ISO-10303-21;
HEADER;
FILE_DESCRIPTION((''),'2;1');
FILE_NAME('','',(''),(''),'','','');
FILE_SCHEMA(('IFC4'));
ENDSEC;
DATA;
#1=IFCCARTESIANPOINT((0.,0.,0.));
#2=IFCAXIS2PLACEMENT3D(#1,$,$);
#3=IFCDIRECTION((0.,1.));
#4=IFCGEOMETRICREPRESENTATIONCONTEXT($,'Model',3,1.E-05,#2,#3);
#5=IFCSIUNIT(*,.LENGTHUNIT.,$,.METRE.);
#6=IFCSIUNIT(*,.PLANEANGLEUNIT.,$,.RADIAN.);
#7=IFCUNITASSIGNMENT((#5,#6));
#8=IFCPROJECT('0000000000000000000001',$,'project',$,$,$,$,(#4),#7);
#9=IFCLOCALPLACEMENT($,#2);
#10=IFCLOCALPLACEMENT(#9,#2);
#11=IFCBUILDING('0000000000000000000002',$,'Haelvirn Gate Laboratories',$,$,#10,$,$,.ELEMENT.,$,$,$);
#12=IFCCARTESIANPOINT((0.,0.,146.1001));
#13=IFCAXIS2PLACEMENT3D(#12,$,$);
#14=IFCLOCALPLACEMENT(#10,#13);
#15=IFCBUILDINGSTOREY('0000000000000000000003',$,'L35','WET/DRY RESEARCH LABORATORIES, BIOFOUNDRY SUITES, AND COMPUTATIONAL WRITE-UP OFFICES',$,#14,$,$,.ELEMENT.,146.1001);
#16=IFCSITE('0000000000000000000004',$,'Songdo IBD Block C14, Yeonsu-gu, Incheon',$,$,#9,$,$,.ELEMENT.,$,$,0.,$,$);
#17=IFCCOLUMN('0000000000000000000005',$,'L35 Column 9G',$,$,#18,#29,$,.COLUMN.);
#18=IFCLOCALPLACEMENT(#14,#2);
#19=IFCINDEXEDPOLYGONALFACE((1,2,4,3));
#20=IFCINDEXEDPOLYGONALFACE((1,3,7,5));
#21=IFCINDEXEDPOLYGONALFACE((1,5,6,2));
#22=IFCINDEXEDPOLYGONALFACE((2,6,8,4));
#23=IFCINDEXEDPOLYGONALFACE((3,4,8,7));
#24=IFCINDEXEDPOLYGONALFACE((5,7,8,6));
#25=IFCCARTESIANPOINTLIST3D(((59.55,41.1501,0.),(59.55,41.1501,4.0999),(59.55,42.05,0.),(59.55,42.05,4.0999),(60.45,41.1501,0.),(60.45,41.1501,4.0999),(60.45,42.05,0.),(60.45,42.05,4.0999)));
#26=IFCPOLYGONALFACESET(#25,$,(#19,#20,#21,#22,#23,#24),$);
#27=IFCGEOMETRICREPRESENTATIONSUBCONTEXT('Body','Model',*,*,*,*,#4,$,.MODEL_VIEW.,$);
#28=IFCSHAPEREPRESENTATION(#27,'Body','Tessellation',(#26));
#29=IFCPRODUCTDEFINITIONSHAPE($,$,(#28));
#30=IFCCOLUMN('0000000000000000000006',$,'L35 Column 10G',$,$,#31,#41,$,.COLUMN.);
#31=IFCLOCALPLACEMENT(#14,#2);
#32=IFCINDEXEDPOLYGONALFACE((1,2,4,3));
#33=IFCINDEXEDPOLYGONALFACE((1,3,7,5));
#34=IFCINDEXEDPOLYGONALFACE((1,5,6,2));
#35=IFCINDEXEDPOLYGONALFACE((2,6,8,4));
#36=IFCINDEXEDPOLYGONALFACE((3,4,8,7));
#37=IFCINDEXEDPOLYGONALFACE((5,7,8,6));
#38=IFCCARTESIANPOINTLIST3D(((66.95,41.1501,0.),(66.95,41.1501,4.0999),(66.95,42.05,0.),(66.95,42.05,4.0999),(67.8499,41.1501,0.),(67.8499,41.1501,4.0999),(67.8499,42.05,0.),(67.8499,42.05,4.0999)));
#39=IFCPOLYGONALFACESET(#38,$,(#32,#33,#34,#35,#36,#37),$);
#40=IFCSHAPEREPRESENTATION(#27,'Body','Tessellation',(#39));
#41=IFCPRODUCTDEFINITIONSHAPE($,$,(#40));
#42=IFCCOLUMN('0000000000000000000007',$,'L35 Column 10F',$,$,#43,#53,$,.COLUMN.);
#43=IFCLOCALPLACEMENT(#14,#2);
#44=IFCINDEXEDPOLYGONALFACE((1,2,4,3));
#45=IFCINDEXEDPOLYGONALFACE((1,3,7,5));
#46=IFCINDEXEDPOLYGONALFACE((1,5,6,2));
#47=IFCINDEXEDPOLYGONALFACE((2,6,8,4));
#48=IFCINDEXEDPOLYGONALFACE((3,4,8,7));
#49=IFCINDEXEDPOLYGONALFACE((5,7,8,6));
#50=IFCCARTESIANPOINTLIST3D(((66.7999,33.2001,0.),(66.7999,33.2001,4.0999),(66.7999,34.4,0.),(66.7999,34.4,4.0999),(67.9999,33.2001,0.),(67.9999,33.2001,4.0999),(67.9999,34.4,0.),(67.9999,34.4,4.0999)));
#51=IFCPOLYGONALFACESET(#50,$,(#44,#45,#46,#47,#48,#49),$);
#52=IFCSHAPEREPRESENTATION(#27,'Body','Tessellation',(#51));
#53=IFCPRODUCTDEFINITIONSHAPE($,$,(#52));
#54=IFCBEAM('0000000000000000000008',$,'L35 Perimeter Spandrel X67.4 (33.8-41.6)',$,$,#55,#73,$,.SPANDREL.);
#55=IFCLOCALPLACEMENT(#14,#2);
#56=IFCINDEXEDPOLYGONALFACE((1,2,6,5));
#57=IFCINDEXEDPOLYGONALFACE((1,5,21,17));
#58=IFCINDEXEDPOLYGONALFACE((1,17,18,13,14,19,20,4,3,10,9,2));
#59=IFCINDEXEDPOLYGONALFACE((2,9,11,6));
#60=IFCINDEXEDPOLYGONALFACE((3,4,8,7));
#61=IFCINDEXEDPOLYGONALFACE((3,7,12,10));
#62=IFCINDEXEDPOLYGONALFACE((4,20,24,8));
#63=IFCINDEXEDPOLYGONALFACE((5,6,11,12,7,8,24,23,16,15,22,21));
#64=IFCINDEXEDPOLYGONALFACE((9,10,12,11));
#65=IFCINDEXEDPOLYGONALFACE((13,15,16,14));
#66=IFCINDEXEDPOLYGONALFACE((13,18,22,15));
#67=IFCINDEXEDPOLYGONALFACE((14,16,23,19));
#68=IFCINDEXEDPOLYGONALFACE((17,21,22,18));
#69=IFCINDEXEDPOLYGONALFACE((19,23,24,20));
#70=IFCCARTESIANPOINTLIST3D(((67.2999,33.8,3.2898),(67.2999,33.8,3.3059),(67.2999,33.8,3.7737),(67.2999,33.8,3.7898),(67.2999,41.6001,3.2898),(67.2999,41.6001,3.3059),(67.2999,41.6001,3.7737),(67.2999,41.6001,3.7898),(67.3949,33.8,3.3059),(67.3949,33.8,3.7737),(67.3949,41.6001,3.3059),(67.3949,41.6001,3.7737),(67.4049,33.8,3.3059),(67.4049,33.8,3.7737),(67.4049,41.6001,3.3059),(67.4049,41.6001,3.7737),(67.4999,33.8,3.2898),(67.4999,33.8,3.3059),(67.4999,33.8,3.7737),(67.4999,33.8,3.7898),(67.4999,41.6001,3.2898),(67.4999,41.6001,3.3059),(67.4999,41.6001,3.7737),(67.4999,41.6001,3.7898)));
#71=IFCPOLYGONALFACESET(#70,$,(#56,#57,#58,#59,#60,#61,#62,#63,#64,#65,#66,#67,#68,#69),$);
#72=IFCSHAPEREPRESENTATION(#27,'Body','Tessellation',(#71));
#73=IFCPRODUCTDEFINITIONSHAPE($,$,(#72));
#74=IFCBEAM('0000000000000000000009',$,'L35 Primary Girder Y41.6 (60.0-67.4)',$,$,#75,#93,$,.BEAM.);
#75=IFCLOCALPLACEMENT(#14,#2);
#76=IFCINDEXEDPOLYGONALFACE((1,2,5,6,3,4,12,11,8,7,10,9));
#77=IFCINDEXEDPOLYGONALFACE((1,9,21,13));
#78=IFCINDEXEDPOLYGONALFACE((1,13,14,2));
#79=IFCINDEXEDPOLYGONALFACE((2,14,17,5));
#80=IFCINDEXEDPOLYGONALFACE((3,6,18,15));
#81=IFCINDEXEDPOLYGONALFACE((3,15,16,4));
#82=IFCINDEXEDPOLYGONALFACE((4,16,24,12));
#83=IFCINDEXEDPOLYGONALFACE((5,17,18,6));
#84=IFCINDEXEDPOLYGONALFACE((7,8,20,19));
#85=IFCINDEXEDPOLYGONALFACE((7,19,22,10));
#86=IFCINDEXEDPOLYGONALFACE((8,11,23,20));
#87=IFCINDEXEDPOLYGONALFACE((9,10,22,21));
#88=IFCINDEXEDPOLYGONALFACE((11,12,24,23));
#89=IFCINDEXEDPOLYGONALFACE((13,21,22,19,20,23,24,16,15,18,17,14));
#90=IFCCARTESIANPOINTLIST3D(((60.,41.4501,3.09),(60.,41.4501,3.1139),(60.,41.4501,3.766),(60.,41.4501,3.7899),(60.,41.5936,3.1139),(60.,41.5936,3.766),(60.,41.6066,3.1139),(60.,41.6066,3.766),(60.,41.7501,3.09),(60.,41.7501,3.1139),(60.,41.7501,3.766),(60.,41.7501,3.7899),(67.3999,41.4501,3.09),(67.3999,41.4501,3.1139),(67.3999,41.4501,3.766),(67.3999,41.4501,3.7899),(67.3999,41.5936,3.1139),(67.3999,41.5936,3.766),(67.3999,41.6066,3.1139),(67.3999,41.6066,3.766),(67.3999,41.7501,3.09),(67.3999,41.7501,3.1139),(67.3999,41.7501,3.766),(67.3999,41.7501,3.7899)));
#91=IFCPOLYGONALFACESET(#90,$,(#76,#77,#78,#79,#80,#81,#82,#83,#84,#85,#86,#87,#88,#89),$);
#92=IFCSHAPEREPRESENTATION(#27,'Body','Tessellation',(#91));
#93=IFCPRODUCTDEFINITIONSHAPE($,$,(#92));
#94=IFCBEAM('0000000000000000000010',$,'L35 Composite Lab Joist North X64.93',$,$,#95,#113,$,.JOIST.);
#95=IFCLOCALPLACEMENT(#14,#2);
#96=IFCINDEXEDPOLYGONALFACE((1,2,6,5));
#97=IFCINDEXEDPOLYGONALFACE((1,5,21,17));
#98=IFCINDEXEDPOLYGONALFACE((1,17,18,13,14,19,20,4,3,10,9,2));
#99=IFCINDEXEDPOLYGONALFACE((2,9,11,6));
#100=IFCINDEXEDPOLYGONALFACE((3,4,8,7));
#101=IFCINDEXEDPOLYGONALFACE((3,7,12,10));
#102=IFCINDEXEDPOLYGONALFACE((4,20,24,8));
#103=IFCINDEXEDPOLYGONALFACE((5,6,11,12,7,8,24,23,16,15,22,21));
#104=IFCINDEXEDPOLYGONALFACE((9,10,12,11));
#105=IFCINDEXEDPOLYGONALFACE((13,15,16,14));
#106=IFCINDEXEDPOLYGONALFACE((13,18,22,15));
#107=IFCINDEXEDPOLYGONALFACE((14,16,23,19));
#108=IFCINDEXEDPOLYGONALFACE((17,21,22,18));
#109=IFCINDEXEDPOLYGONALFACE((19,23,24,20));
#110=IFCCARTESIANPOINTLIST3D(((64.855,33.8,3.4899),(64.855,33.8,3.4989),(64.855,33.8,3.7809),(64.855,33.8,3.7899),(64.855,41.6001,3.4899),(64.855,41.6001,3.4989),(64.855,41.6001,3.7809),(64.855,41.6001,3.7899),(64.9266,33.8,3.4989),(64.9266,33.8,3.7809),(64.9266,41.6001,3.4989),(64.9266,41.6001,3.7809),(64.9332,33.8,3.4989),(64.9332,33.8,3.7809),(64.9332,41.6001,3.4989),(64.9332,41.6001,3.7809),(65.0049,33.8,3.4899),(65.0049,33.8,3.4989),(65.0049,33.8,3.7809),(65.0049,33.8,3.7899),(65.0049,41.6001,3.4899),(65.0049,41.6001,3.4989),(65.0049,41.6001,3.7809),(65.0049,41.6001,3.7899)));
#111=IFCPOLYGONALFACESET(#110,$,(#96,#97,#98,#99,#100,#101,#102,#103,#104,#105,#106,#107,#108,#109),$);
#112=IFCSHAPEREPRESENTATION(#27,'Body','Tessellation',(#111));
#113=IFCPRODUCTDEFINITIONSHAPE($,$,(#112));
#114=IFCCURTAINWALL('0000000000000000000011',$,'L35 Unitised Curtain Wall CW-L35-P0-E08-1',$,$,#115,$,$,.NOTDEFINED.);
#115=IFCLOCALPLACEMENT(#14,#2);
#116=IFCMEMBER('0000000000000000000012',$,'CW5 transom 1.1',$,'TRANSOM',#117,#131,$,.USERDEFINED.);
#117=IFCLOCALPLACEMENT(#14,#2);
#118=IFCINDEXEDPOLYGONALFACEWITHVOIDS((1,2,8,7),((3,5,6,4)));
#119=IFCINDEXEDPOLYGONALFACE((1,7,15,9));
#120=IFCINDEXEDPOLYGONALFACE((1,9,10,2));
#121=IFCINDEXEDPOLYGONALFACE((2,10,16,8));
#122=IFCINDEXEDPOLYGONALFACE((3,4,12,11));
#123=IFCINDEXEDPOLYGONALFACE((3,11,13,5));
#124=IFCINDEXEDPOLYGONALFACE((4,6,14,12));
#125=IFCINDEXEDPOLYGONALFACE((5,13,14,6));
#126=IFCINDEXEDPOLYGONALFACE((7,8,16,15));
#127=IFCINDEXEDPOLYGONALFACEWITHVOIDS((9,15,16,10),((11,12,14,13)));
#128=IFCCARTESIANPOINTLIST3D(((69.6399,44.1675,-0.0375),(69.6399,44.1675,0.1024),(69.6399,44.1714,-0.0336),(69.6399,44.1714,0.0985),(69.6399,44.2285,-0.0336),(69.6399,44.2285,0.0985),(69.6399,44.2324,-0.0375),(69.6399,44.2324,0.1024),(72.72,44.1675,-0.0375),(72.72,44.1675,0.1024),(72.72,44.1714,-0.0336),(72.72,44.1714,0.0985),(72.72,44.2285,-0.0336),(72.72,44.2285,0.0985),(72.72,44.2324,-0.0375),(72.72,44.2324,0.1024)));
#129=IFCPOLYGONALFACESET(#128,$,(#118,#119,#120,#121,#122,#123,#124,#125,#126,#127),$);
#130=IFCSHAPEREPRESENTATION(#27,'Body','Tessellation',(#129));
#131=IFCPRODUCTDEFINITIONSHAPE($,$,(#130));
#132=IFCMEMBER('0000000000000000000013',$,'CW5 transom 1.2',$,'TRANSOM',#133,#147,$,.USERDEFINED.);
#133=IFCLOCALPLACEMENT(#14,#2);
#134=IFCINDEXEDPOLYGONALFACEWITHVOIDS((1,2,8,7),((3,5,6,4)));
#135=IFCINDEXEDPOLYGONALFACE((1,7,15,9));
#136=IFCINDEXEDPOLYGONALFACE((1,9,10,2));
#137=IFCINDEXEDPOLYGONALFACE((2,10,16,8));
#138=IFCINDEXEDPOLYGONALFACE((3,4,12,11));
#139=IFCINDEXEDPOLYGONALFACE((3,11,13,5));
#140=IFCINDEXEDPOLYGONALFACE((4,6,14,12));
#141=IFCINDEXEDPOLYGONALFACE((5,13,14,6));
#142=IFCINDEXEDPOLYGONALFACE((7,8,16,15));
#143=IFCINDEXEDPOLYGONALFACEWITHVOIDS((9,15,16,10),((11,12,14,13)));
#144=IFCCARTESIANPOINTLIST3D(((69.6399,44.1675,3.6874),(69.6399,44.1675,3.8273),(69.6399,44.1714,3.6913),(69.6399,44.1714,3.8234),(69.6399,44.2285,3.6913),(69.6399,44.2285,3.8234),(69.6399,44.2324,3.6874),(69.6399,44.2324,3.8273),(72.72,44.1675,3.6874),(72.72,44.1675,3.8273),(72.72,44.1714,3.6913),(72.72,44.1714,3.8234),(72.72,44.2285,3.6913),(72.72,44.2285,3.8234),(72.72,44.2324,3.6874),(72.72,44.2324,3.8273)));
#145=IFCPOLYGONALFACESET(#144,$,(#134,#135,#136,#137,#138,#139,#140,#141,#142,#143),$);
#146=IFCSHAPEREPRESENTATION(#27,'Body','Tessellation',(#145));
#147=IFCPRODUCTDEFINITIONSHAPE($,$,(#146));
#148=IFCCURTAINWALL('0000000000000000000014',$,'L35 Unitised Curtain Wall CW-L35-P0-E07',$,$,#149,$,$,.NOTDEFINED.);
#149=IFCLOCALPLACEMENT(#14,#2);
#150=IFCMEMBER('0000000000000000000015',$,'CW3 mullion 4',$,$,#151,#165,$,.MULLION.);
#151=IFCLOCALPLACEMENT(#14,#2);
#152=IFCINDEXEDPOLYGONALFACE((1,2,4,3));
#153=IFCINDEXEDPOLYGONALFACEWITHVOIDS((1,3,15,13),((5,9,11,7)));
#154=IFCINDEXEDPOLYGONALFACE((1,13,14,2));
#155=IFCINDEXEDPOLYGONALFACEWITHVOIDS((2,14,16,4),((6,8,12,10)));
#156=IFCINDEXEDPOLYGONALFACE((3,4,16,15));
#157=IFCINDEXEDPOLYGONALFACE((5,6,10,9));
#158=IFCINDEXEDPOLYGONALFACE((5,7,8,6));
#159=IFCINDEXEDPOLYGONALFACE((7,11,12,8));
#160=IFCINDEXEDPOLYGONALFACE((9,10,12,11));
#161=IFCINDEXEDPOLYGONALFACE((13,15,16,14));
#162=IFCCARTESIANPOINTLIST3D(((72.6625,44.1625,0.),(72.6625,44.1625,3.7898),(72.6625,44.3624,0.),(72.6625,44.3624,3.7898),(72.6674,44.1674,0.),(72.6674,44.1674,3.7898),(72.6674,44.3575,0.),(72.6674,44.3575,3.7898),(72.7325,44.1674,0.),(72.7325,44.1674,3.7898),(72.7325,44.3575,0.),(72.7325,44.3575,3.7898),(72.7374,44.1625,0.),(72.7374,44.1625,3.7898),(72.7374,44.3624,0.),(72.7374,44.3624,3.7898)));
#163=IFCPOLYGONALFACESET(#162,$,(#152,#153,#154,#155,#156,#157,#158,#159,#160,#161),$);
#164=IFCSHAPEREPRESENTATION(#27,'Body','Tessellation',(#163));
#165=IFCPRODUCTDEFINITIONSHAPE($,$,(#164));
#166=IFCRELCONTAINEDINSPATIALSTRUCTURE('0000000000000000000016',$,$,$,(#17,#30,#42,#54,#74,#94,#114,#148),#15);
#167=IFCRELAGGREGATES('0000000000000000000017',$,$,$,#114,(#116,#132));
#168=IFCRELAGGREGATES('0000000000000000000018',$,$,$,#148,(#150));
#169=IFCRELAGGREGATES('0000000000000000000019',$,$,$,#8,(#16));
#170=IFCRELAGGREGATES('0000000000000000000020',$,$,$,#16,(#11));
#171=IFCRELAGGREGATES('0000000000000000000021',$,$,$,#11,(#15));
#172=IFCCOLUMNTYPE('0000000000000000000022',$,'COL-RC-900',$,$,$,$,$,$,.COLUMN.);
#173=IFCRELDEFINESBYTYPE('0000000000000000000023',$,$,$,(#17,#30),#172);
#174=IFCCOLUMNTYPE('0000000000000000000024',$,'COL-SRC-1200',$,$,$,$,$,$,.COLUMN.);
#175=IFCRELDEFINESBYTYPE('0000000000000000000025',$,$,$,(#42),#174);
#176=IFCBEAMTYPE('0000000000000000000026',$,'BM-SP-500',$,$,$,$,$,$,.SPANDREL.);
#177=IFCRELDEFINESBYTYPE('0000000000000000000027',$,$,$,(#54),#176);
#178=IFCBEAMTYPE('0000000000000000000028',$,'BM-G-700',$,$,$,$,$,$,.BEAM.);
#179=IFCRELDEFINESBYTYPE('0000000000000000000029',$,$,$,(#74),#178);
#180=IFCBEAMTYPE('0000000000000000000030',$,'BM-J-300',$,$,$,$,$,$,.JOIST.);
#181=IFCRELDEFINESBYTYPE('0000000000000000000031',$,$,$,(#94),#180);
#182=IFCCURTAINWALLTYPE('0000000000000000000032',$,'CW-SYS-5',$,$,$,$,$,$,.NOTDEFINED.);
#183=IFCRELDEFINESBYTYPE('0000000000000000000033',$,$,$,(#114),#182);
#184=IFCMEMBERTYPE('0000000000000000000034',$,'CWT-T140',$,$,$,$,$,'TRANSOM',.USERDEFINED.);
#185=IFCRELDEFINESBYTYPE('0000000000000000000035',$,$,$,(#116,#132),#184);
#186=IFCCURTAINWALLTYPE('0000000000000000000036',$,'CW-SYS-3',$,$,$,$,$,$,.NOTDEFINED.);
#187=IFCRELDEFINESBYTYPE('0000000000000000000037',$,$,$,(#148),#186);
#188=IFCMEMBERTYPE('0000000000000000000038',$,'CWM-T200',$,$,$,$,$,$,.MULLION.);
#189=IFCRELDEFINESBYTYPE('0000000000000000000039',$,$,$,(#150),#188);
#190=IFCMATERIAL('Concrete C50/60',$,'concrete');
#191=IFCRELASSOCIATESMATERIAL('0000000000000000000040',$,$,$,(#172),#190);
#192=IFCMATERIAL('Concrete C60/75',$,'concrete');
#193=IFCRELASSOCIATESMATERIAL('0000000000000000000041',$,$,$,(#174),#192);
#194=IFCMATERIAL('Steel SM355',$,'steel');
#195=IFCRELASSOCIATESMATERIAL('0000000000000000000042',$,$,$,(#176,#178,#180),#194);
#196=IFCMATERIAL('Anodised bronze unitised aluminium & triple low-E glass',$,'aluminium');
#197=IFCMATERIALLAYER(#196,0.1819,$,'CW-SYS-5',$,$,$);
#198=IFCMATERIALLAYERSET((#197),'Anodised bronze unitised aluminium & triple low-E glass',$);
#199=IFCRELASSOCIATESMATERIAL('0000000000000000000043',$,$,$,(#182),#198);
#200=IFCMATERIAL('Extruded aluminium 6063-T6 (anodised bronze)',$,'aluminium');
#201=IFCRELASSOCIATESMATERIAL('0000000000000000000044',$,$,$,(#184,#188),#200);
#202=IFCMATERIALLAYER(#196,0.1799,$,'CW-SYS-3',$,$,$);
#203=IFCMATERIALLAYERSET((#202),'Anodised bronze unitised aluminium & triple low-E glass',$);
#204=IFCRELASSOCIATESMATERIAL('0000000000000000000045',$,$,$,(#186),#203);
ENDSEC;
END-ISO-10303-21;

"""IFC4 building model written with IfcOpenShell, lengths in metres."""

from ifc_helpers import new_model, si_unit, direction, frame, origin, origin_2d, place, context, subcontext, project, spatial, rectangle, hollow_rectangle, i_section, extrude, source, transform, mapped, material, layer, layer_set, material_profile, profile_set, type_object, type_shapes, element, aggregate, save


model = new_model("IFC4")

# Units and contexts
model_context = context("Model", 3, precision=1e-05, world=origin(), true_north=direction((0.0, 1.0)))
body_context = subcontext(model_context, "Body", "Model", "MODEL_VIEW")
ifc_project = project(units=[si_unit("LENGTHUNIT", "METRE"), si_unit("PLANEANGLEUNIT", "RADIAN")], contexts=[model_context])

# Site, building, storey
site_placement = place(None, origin())
site = spatial("IfcSite", under=ifc_project, at=site_placement, Name="Songdo IBD Block C14, Yeonsu-gu, Incheon", CompositionType="ELEMENT", RefElevation=0.0)
building_placement = place(site_placement, origin())
building = spatial("IfcBuilding", under=site, at=building_placement, Name="Haelvirn Gate Laboratories", CompositionType="ELEMENT")
storey_placement = place(building_placement, frame((0.0, 0.0, 146.1001)))
storey = spatial("IfcBuildingStorey", under=building, at=storey_placement, Name="L35", Description="WET/DRY RESEARCH LABORATORIES, BIOFOUNDRY SUITES, AND COMPUTATIONAL WRITE-UP OFFICES", CompositionType="ELEMENT", Elevation=146.1001)

# Columns
ifc_material_1 = material(Name="Concrete C50/60", Category="concrete")
ifc_material_profile_1 = material_profile(ifc_material_1, rectangle(XDim=0.8999, YDim=0.8999, at=origin_2d()), Name="RC-900x900")
ifc_profile_set_1 = profile_set([ifc_material_profile_1], Name="Concrete C50/60")
column_type_1 = type_object("IfcColumnType", Name="COL-RC-900", PredefinedType="COLUMN", material=ifc_profile_set_1)
shared_shape_1 = source(origin(), body_context, "Body", "SweptSolid", [
    extrude(rectangle(XDim=0.8999, YDim=0.8999, at=origin_2d()), origin(), (0.0, 0.0, 1.0), 4.0999),
])
type_shapes(column_type_1, [shared_shape_1])
for number, where, z_axis, x_axis, name in (
    (1, (60.0, 41.6001, 0.0), (0.0, 0.0, 1.0), (1.0, 0.0, 0.0), "L35 Column 9G"),
    (2, (67.3999, 41.6001, 0.0), (0.0, 0.0, 1.0), (1.0, 0.0, 0.0), "L35 Column 10G"),
):
    element("IfcColumn", number, at=place(storey_placement, frame(where, z_axis=z_axis, x_axis=x_axis)), inside=storey, type_object=column_type_1, Name=name, PredefinedType="COLUMN", context=body_context, shape_type="MappedRepresentation", body=[
        mapped(shared_shape_1, transform((0.0, 0.0, 0.0), scale=1.0)),
    ])
ifc_material_2 = material(Name="Concrete C60/75", Category="concrete")
ifc_material_profile_2 = material_profile(ifc_material_2, rectangle(XDim=1.2, YDim=1.2, at=origin_2d()), Name="SRC-1200x1200")
ifc_profile_set_2 = profile_set([ifc_material_profile_2], Name="Concrete C60/75")
column_type_2 = type_object("IfcColumnType", Name="COL-SRC-1200", PredefinedType="COLUMN", material=ifc_profile_set_2)
shared_shape_2 = source(origin(), body_context, "Body", "SweptSolid", [
    extrude(rectangle(XDim=1.2, YDim=1.2, at=origin_2d()), origin(), (0.0, 0.0, 1.0), 4.0999),
])
type_shapes(column_type_2, [shared_shape_2])
column_placement = place(storey_placement, frame((67.3999, 33.8, 0.0), z_axis=(0.0, 0.0, 1.0), x_axis=(1.0, 0.0, 0.0)))
element("IfcColumn", 3, at=column_placement, inside=storey, type_object=column_type_2, Name="L35 Column 10F", PredefinedType="COLUMN", context=body_context, shape_type="MappedRepresentation", body=[
    mapped(shared_shape_2, transform((0.0, 0.0, 0.0), scale=1.0)),
])

# Beams
ifc_material_3 = material(Name="Steel SM355", Category="steel")
ifc_material_profile_3 = material_profile(ifc_material_3, i_section(OverallWidth=0.2, OverallDepth=0.5, WebThickness=0.01, FlangeThickness=0.0161, at=origin_2d()), Name="H-500x200x10x16")
ifc_profile_set_3 = profile_set([ifc_material_profile_3], Name="Steel SM355")
beam_type_1 = type_object("IfcBeamType", Name="BM-SP-500", PredefinedType="SPANDREL", material=ifc_profile_set_3)
shared_shape_3 = source(origin(), body_context, "Body", "SweptSolid", [
    extrude(i_section(OverallWidth=0.2, OverallDepth=0.5, WebThickness=0.01, FlangeThickness=0.0161, at=origin_2d()), origin(), (0.0, 0.0, 1.0), 7.8),
])
type_shapes(beam_type_1, [shared_shape_3])
beam_1_placement = place(storey_placement, frame((67.3999, 33.8, 3.5398), z_axis=(0.0, 1.0, 0.0), x_axis=(-1.0, 0.0, 0.0)))
element("IfcBeam", 4, at=beam_1_placement, inside=storey, type_object=beam_type_1, Name="L35 Perimeter Spandrel X67.4 (33.8-41.6)", PredefinedType="SPANDREL", context=body_context, shape_type="MappedRepresentation", body=[
    mapped(shared_shape_3, transform((0.0, 0.0, 0.0), scale=1.0)),
])
ifc_material_profile_4 = material_profile(ifc_material_3, i_section(OverallWidth=0.3, OverallDepth=0.7, WebThickness=0.0129, FlangeThickness=0.0239, at=origin_2d()), Name="H-700x300x13x24")
ifc_profile_set_4 = profile_set([ifc_material_profile_4], Name="Steel SM355")
beam_type_2 = type_object("IfcBeamType", Name="BM-G-700", PredefinedType="BEAM", material=ifc_profile_set_4)
shared_shape_4 = source(origin(), body_context, "Body", "SweptSolid", [
    extrude(i_section(OverallWidth=0.3, OverallDepth=0.7, WebThickness=0.0129, FlangeThickness=0.0239, at=origin_2d()), origin(), (0.0, 0.0, 1.0), 7.3999),
])
type_shapes(beam_type_2, [shared_shape_4])
beam_2_placement = place(storey_placement, frame((60.0, 41.6001, 3.4399), z_axis=(1.0, 0.0, 0.0), x_axis=(0.0, 1.0, 0.0)))
element("IfcBeam", 5, at=beam_2_placement, inside=storey, type_object=beam_type_2, Name="L35 Primary Girder Y41.6 (60.0-67.4)", PredefinedType="BEAM", context=body_context, shape_type="MappedRepresentation", body=[
    mapped(shared_shape_4, transform((0.0, 0.0, 0.0), scale=1.0)),
])
ifc_material_profile_5 = material_profile(ifc_material_3, i_section(OverallWidth=0.1499, OverallDepth=0.3, WebThickness=0.0066, FlangeThickness=0.009, at=origin_2d()), Name="H-300x150x6.5x9")
ifc_profile_set_5 = profile_set([ifc_material_profile_5], Name="Steel SM355")
beam_type_3 = type_object("IfcBeamType", Name="BM-J-300", PredefinedType="JOIST", material=ifc_profile_set_5)
shared_shape_5 = source(origin(), body_context, "Body", "SweptSolid", [
    extrude(i_section(OverallWidth=0.1499, OverallDepth=0.3, WebThickness=0.0066, FlangeThickness=0.009, at=origin_2d()), origin(), (0.0, 0.0, 1.0), 7.8),
])
type_shapes(beam_type_3, [shared_shape_5])
beam_3_placement = place(storey_placement, frame((64.9299, 33.8, 3.6399), z_axis=(0.0, 1.0, 0.0), x_axis=(-1.0, 0.0, 0.0)))
element("IfcBeam", 6, at=beam_3_placement, inside=storey, type_object=beam_type_3, Name="L35 Composite Lab Joist North X64.93", PredefinedType="JOIST", context=body_context, shape_type="MappedRepresentation", body=[
    mapped(shared_shape_5, transform((0.0, 0.0, 0.0), scale=1.0)),
])

# Curtain wall, members
ifc_material_4 = material(Name="Anodised bronze unitised aluminium & triple low-E glass", Category="aluminium")
ifc_layer_1 = layer(ifc_material_4, 0.1819, Name="CW-SYS-5")
ifc_layer_set_1 = layer_set([ifc_layer_1], Name="Anodised bronze unitised aluminium & triple low-E glass")
curtain_wall_type_1 = type_object("IfcCurtainWallType", Name="CW-SYS-5", PredefinedType="NOTDEFINED", material=ifc_layer_set_1)
curtain_wall_1_placement = place(storey_placement, origin())
curtain_wall_1 = element("IfcCurtainWall", 7, at=curtain_wall_1_placement, inside=storey, type_object=curtain_wall_type_1, Name="L35 Unitised Curtain Wall CW-L35-P0-E08-1", PredefinedType="NOTDEFINED")
ifc_material_5 = material(Name="Extruded aluminium 6063-T6 (anodised bronze)", Category="aluminium")
ifc_material_profile_6 = material_profile(ifc_material_5, hollow_rectangle(XDim=0.0649, YDim=0.1399, WallThickness=0.0039, at=origin_2d()), Name="CWT-140x65x4")
ifc_profile_set_6 = profile_set([ifc_material_profile_6], Name="Extruded aluminium 6063-T6 (anodised bronze)")
member_type_1 = type_object("IfcMemberType", Name="CWT-T140", ElementType="TRANSOM", PredefinedType="USERDEFINED", material=ifc_profile_set_6)
shared_shape_6 = source(origin(), body_context, "Body", "SweptSolid", [
    extrude(hollow_rectangle(XDim=0.0649, YDim=0.1399, WallThickness=0.0039, at=origin_2d()), origin(), (0.0, 0.0, 1.0), 3.0801),
])
member_1_placement = place(storey_placement, frame((69.6399, 44.2, 0.0325), z_axis=(1.0, 0.0, 0.0), x_axis=(0.0, 1.0, 0.0)))
member_1 = element("IfcMember", 8, at=member_1_placement, type_object=member_type_1, Name="CW5 transom 1.1", ObjectType="TRANSOM", PredefinedType="USERDEFINED", context=body_context, shape_type="MappedRepresentation", body=[
    mapped(shared_shape_6, transform((0.0, 0.0, 0.0), scale=1.0)),
])
member_2_placement = place(storey_placement, frame((69.6399, 44.2, 3.7573), z_axis=(1.0, 0.0, 0.0), x_axis=(0.0, 1.0, 0.0)))
member_2 = element("IfcMember", 9, at=member_2_placement, type_object=member_type_1, Name="CW5 transom 1.2", ObjectType="TRANSOM", PredefinedType="USERDEFINED", context=body_context, shape_type="MappedRepresentation", body=[
    mapped(shared_shape_6, transform((0.0, 0.0, 0.0), scale=1.0)),
])

# Curtain wall, member
ifc_layer_2 = layer(ifc_material_4, 0.1799, Name="CW-SYS-3")
ifc_layer_set_2 = layer_set([ifc_layer_2], Name="Anodised bronze unitised aluminium & triple low-E glass")
curtain_wall_type_2 = type_object("IfcCurtainWallType", Name="CW-SYS-3", PredefinedType="NOTDEFINED", material=ifc_layer_set_2)
curtain_wall_2_placement = place(storey_placement, origin())
curtain_wall_2 = element("IfcCurtainWall", 10, at=curtain_wall_2_placement, inside=storey, type_object=curtain_wall_type_2, Name="L35 Unitised Curtain Wall CW-L35-P0-E07", PredefinedType="NOTDEFINED")
ifc_material_profile_7 = material_profile(ifc_material_5, hollow_rectangle(XDim=0.075, YDim=0.2, WallThickness=0.0049, at=origin_2d()), Name="CWM-200x75x5")
ifc_profile_set_7 = profile_set([ifc_material_profile_7], Name="Extruded aluminium 6063-T6 (anodised bronze)")
member_type_2 = type_object("IfcMemberType", Name="CWM-T200", PredefinedType="MULLION", material=ifc_profile_set_7)
shared_shape_7 = source(origin(), body_context, "Body", "SweptSolid", [
    extrude(hollow_rectangle(XDim=0.075, YDim=0.2, WallThickness=0.0049, at=origin_2d()), origin(), (0.0, 0.0, 1.0), 3.7898),
])
type_shapes(member_type_2, [shared_shape_7])
member_3_placement = place(storey_placement, frame((72.7, 44.2625, 0.0), z_axis=(0.0, 0.0, 1.0), x_axis=(-1.0, 0.0, 0.0)))
member_3 = element("IfcMember", 11, at=member_3_placement, type_object=member_type_2, Name="CW3 mullion 4", PredefinedType="MULLION", context=body_context, shape_type="MappedRepresentation", body=[
    mapped(shared_shape_7, transform((0.0, 0.0, 0.0), scale=1.0)),
])

aggregate(curtain_wall_1, [member_1, member_2])
aggregate(curtain_wall_2, [member_3])

save(model, "model.ifc")
